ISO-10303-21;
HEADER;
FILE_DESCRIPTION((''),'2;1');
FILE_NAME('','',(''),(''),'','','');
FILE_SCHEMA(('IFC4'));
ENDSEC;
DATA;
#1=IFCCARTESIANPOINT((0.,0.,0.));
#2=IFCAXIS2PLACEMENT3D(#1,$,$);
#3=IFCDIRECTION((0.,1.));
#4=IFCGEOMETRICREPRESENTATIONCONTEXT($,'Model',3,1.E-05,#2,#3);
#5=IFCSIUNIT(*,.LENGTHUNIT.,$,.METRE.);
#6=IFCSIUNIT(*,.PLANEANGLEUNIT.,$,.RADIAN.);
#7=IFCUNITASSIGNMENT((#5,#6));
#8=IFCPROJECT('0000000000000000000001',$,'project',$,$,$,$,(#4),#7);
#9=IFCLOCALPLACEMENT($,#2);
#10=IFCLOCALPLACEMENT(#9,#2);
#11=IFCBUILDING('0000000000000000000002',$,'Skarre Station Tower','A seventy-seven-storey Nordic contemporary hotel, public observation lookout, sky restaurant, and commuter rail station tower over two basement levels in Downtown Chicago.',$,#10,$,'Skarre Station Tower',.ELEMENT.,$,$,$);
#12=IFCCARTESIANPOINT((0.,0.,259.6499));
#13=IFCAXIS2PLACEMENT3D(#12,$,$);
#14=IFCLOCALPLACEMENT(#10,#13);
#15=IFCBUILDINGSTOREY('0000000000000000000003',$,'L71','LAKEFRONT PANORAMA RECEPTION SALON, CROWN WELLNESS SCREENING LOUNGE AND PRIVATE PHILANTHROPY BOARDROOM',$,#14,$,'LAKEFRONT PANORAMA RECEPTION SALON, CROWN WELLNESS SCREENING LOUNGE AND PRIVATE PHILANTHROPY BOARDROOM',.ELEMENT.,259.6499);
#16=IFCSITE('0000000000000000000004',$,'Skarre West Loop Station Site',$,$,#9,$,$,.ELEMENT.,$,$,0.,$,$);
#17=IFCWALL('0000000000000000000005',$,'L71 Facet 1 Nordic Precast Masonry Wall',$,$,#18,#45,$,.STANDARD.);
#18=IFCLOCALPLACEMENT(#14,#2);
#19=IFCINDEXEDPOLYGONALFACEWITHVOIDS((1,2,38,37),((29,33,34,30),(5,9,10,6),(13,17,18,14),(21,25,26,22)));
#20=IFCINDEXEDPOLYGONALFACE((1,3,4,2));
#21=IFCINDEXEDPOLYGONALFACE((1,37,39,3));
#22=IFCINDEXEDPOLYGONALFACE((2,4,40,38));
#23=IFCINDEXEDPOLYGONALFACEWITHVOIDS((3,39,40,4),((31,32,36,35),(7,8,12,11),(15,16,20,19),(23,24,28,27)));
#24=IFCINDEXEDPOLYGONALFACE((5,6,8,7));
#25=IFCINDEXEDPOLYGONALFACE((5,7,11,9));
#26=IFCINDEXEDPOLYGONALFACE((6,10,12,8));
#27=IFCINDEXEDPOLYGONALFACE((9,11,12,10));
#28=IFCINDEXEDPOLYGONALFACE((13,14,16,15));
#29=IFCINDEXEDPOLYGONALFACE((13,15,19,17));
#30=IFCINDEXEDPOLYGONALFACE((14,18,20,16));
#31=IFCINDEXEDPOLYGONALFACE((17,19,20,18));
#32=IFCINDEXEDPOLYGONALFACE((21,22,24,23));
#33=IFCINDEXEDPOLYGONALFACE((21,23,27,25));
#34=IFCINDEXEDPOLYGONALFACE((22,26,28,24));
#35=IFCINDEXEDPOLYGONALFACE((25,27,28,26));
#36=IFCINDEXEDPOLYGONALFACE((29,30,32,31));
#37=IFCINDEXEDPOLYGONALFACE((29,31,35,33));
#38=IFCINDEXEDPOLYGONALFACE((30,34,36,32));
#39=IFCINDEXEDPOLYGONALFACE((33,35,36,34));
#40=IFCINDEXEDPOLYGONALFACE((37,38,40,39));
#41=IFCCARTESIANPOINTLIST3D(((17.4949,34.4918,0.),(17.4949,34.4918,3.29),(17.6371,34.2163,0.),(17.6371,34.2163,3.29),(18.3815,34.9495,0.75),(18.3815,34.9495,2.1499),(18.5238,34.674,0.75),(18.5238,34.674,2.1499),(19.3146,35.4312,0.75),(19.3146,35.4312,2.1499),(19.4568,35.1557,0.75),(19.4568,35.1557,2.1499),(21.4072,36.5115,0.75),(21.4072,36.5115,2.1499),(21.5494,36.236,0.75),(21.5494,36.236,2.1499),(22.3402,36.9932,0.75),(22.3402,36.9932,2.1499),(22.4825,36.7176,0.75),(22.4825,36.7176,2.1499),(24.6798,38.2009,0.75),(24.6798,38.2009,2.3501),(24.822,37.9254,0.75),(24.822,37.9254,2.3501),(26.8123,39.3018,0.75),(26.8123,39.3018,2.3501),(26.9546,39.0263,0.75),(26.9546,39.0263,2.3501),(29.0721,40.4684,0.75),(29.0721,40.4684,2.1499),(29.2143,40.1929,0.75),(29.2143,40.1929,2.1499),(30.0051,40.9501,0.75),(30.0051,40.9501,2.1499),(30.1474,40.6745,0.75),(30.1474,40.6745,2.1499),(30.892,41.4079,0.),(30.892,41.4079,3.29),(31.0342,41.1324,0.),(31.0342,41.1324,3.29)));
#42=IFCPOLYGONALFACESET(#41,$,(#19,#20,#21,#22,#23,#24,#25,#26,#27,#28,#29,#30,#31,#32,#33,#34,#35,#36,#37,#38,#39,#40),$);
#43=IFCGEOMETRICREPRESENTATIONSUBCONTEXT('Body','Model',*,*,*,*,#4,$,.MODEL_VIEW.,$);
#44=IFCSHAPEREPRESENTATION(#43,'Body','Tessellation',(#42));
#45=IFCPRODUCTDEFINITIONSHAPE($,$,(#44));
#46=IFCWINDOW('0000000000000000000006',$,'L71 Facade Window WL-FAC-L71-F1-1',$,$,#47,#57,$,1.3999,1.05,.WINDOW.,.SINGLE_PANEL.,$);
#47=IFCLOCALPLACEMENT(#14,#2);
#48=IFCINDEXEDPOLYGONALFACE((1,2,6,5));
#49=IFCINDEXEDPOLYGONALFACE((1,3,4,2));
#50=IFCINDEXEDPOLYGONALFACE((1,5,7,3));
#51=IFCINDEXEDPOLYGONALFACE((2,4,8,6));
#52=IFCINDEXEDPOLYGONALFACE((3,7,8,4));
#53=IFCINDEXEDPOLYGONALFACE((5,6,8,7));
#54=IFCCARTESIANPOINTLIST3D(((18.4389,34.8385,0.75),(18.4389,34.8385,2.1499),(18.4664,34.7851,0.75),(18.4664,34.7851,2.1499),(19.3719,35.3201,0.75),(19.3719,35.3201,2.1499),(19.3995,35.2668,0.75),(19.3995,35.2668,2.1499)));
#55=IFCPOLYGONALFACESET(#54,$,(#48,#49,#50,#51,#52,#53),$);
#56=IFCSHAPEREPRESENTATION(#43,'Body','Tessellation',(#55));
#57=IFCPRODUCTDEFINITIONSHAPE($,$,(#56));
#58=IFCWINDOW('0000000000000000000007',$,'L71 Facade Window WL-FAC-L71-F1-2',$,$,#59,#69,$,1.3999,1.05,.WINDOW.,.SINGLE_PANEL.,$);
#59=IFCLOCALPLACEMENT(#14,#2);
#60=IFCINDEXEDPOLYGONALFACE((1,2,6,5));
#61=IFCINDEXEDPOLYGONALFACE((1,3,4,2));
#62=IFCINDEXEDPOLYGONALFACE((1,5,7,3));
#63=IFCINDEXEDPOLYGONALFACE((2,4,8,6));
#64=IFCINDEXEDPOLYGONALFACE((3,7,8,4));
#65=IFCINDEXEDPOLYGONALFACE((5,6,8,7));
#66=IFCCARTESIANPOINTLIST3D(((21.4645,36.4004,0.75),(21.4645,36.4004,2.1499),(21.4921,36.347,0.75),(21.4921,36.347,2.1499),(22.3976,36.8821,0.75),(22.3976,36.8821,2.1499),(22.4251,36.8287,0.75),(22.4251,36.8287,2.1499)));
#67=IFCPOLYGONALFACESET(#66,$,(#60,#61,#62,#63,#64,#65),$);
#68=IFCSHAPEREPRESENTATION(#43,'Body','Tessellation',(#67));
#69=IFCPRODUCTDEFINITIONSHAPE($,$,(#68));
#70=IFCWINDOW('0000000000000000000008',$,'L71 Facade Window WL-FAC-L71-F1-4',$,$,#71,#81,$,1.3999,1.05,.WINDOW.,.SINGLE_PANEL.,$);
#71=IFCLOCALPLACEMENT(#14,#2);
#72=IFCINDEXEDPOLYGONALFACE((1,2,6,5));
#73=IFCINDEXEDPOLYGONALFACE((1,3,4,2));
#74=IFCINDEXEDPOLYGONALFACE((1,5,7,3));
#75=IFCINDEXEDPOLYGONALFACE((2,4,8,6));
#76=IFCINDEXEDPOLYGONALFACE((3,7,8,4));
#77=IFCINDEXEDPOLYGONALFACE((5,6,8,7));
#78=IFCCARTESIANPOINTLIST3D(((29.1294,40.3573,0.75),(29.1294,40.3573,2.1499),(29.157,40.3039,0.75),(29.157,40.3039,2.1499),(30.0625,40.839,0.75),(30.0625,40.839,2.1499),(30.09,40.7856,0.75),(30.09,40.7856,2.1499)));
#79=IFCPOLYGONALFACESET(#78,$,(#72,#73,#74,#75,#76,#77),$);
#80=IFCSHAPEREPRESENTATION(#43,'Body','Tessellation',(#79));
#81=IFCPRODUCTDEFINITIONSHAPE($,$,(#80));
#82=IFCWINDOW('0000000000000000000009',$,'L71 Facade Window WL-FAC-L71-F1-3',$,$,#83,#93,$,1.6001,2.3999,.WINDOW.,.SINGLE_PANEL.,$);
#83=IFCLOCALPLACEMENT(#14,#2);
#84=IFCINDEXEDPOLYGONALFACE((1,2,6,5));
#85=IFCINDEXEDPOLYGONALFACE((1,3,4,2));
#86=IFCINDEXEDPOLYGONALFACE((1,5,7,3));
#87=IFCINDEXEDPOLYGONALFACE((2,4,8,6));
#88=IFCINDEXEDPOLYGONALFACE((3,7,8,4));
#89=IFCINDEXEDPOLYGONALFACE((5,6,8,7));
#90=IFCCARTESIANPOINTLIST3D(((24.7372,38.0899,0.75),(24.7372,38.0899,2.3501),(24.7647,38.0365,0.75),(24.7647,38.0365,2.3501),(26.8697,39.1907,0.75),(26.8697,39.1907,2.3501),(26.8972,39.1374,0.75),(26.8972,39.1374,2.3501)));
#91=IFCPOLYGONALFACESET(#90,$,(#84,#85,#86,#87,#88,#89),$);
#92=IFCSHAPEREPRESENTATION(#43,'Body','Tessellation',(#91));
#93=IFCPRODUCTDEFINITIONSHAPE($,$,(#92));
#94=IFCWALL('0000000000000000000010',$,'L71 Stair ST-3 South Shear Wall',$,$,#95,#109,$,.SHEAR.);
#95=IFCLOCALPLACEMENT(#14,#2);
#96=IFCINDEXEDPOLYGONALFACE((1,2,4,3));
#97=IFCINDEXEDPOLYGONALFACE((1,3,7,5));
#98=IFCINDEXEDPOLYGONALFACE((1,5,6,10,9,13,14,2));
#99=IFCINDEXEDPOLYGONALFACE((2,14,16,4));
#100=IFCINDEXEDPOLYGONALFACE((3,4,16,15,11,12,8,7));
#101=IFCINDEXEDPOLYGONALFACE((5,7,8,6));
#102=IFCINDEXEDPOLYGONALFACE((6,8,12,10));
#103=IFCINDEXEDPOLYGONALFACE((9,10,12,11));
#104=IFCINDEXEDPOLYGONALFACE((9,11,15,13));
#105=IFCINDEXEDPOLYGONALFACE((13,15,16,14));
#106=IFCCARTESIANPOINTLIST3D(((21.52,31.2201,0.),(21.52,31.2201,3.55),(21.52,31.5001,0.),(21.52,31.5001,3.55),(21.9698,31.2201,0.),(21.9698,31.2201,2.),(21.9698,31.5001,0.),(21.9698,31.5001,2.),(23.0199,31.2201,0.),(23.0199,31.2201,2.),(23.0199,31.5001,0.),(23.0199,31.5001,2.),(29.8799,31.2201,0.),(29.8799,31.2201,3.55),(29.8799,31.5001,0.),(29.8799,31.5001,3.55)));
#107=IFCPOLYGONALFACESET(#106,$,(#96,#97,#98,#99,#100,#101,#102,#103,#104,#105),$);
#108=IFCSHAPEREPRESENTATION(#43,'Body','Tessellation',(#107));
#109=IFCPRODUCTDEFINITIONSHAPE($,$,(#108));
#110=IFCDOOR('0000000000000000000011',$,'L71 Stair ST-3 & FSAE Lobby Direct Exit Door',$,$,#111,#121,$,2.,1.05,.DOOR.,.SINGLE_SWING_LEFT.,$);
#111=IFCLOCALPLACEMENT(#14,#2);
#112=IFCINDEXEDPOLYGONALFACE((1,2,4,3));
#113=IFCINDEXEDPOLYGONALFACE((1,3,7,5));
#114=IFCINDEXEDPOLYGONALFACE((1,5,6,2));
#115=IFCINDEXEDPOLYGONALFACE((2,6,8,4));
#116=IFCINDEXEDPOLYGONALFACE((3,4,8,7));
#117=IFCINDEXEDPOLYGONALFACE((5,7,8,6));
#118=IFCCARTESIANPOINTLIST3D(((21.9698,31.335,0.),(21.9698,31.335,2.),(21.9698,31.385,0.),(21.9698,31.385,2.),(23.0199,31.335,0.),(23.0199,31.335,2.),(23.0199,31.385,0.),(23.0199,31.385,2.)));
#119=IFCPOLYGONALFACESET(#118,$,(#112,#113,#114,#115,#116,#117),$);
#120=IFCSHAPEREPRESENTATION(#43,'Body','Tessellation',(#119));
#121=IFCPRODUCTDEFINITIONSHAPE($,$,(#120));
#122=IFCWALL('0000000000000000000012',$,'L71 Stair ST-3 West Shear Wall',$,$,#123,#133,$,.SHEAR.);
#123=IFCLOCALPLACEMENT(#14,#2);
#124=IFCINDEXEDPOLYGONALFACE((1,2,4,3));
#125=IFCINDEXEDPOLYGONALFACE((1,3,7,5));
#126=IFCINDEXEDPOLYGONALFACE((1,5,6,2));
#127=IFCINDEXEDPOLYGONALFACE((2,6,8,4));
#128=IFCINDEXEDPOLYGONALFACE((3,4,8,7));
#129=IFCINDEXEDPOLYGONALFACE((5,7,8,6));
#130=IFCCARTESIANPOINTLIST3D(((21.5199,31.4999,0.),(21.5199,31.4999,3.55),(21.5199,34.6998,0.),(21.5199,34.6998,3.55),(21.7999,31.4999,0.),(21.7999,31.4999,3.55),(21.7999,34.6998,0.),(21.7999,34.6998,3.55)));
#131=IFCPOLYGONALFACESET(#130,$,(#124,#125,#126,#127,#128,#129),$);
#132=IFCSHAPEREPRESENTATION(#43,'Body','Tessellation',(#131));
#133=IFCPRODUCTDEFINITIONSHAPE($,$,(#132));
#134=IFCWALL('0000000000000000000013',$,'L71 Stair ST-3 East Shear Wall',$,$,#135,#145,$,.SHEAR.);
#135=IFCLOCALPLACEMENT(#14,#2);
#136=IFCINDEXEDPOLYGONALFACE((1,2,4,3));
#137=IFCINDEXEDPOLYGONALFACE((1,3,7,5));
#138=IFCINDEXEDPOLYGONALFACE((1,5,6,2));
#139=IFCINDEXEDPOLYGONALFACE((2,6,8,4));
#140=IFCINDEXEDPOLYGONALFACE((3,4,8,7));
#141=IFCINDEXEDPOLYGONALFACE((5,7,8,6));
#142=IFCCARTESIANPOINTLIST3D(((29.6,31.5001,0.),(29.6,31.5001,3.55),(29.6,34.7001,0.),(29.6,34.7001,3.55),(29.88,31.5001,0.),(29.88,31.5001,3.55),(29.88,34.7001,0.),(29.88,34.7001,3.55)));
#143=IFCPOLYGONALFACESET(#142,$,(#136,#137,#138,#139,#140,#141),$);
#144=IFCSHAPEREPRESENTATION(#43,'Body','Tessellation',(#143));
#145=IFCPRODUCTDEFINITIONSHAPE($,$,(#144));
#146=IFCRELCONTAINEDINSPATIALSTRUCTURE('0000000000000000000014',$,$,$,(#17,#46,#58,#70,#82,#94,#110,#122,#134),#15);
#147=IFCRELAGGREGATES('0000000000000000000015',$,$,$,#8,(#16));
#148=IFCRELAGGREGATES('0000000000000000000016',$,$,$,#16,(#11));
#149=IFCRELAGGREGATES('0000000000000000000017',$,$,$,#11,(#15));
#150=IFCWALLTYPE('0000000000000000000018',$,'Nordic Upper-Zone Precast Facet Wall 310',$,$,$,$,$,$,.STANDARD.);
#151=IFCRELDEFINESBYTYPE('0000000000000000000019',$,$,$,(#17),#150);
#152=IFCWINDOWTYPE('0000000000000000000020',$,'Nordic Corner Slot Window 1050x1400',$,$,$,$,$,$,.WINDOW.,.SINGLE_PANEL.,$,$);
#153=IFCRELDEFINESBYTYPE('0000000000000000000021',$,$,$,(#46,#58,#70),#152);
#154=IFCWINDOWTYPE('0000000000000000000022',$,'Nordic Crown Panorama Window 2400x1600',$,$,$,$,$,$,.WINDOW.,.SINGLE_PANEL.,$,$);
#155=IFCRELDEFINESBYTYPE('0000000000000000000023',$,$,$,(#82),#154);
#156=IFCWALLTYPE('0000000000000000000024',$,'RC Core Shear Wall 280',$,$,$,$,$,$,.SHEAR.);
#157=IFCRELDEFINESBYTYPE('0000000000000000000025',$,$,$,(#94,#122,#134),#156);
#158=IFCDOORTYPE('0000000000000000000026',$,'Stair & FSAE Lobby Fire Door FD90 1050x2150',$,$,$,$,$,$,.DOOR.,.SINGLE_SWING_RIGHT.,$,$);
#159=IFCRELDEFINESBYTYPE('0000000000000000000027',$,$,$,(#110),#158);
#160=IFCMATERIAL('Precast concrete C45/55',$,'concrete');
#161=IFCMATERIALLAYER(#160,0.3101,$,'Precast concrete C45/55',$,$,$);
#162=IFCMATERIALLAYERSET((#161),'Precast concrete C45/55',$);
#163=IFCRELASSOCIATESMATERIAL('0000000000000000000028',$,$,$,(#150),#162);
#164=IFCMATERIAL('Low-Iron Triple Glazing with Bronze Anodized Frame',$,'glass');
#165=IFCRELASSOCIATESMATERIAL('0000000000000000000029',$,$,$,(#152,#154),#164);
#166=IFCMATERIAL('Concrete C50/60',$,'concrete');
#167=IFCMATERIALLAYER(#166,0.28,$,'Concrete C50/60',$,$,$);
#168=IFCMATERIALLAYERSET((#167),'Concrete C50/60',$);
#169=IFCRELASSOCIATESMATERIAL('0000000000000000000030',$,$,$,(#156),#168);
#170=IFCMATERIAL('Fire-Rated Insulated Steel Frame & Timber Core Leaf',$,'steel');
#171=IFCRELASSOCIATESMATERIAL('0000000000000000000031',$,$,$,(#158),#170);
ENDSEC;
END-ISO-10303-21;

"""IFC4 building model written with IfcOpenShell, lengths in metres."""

from ifc_helpers import new_model, si_unit, direction, frame, frame_2d, origin, place, context, subcontext, project, spatial, rectangle, extrude, material, layer, layer_set, type_object, element, fill, save


model = new_model("IFC4")

# Units and contexts
model_context = context("Model", 3, precision=1e-05, world=origin(), true_north=direction((0.0, 1.0)))
body_context = subcontext(model_context, "Body", "Model", "MODEL_VIEW")
ifc_project = project(units=[si_unit("LENGTHUNIT", "METRE"), si_unit("PLANEANGLEUNIT", "RADIAN")], contexts=[model_context])

# Site, building, storey
site_placement = place(None, origin())
site = spatial("IfcSite", under=ifc_project, at=site_placement, Name="Skarre West Loop Station Site", CompositionType="ELEMENT", RefElevation=0.0)
building_placement = place(site_placement, origin())
building = spatial("IfcBuilding", under=site, at=building_placement, Name="Skarre Station Tower", Description="A seventy-seven-storey Nordic contemporary hotel, public observation lookout, sky restaurant, and commuter rail station tower over two basement levels in Downtown Chicago.", LongName="Skarre Station Tower", CompositionType="ELEMENT")
storey_placement = place(building_placement, frame((0.0, 0.0, 259.6499)))
storey = spatial("IfcBuildingStorey", under=building, at=storey_placement, Name="L71", Description="LAKEFRONT PANORAMA RECEPTION SALON, CROWN WELLNESS SCREENING LOUNGE AND PRIVATE PHILANTHROPY BOARDROOM", LongName="LAKEFRONT PANORAMA RECEPTION SALON, CROWN WELLNESS SCREENING LOUNGE AND PRIVATE PHILANTHROPY BOARDROOM", CompositionType="ELEMENT", Elevation=259.6499)

# Shared definitions
ifc_material_1 = material(Name="Concrete C50/60", Category="concrete")

# Shared definitions
ifc_material_2 = material(Name="Precast concrete C45/55", Category="concrete")

# Wall, openings, windows
ifc_layer_1 = layer(ifc_material_2, 0.3101, Name="Precast concrete C45/55")
ifc_layer_set_1 = layer_set([ifc_layer_1], Name="Precast concrete C45/55")
wall_type_1 = type_object("IfcWallType", Name="Nordic Upper-Zone Precast Facet Wall 310", PredefinedType="STANDARD", material=ifc_layer_set_1)
wall_1_placement = place(storey_placement, frame((17.5659, 34.354, 0.0), z_axis=(0.0, 0.0, 1.0), x_axis=(0.888581, 0.458719, 0.0)))
wall_1 = element("IfcWall", 1, at=wall_1_placement, inside=storey, type_object=wall_type_1, Name="L71 Facet 1 Nordic Precast Masonry Wall", PredefinedType="STANDARD", context=body_context, shape_type="SweptSolid", body=[
    extrude(rectangle(XDim=15.0769, YDim=0.3101, at=frame_2d((7.5386, 0.0))), origin(), (0.0, 0.0, 1.0), 3.29),
])
opening_1_placement = place(wall_1_placement, frame((0.998, 0.0, 0.75)))
opening_1 = element("IfcOpeningElement", 2, at=opening_1_placement, cuts=wall_1, PredefinedType="OPENING", context=body_context, shape_type="SweptSolid", body=[
    extrude(rectangle(XDim=1.05, YDim=1.3999, at=frame_2d((0.5249, 0.7))), frame((0.0, 0.165, 0.0), z_axis=(0.0, -1.0, 0.0), x_axis=(1.0, 0.0, 0.0)), (0.0, 0.0, 1.0), 0.3301),
])
opening_2_placement = place(wall_1_placement, frame((4.4031, 0.0, 0.75)))
opening_2 = element("IfcOpeningElement", 3, at=opening_2_placement, cuts=wall_1, PredefinedType="OPENING", context=body_context, shape_type="SweptSolid", body=[
    extrude(rectangle(XDim=1.05, YDim=1.3999, at=frame_2d((0.5249, 0.7))), frame((0.0, 0.165, 0.0), z_axis=(0.0, -1.0, 0.0), x_axis=(1.0, 0.0, 0.0)), (0.0, 0.0, 1.0), 0.3301),
])
opening_3_placement = place(wall_1_placement, frame((8.0859, 0.0, 0.75)))
opening_3 = element("IfcOpeningElement", 4, at=opening_3_placement, cuts=wall_1, PredefinedType="OPENING", context=body_context, shape_type="SweptSolid", body=[
    extrude(rectangle(XDim=2.3999, YDim=1.6001, at=frame_2d((1.2, 0.8))), frame((0.0, 0.165, 0.0), z_axis=(0.0, -1.0, 0.0), x_axis=(1.0, 0.0, 0.0)), (0.0, 0.0, 1.0), 0.3301),
])
opening_4_placement = place(wall_1_placement, frame((13.0291, 0.0, 0.75)))
opening_4 = element("IfcOpeningElement", 5, at=opening_4_placement, cuts=wall_1, PredefinedType="OPENING", context=body_context, shape_type="SweptSolid", body=[
    extrude(rectangle(XDim=1.05, YDim=1.3999, at=frame_2d((0.5249, 0.7))), frame((0.0, 0.165, 0.0), z_axis=(0.0, -1.0, 0.0), x_axis=(1.0, 0.0, 0.0)), (0.0, 0.0, 1.0), 0.3301),
])
ifc_material_3 = material(Name="Low-Iron Triple Glazing with Bronze Anodized Frame", Category="glass")
window_type_1 = type_object("IfcWindowType", Name="Nordic Corner Slot Window 1050x1400", PartitioningType="SINGLE_PANEL", PredefinedType="WINDOW", material=ifc_material_3)
window_1_placement = place(opening_1_placement, origin())
window_1 = element("IfcWindow", 6, at=window_1_placement, inside=storey, type_object=window_type_1, Name="L71 Facade Window WL-FAC-L71-F1-1", OverallHeight=1.3999, OverallWidth=1.05, PartitioningType="SINGLE_PANEL", PredefinedType="WINDOW", context=body_context, shape_type="SweptSolid", body=[
    extrude(rectangle(XDim=1.05, YDim=1.3999, at=frame_2d((0.5249, 0.7))), frame((0.0, 0.03, 0.0), z_axis=(0.0, -1.0, 0.0), x_axis=(1.0, 0.0, 0.0)), (0.0, 0.0, 1.0), 0.0601),
])
fill(opening_1, window_1)
window_2_placement = place(opening_2_placement, origin())
window_2 = element("IfcWindow", 7, at=window_2_placement, inside=storey, type_object=window_type_1, Name="L71 Facade Window WL-FAC-L71-F1-2", OverallHeight=1.3999, OverallWidth=1.05, PartitioningType="SINGLE_PANEL", PredefinedType="WINDOW", context=body_context, shape_type="SweptSolid", body=[
    extrude(rectangle(XDim=1.05, YDim=1.3999, at=frame_2d((0.5249, 0.7))), frame((0.0, 0.03, 0.0), z_axis=(0.0, -1.0, 0.0), x_axis=(1.0, 0.0, 0.0)), (0.0, 0.0, 1.0), 0.0601),
])
fill(opening_2, window_2)
window_3_placement = place(opening_4_placement, origin())
window_3 = element("IfcWindow", 8, at=window_3_placement, inside=storey, type_object=window_type_1, Name="L71 Facade Window WL-FAC-L71-F1-4", OverallHeight=1.3999, OverallWidth=1.05, PartitioningType="SINGLE_PANEL", PredefinedType="WINDOW", context=body_context, shape_type="SweptSolid", body=[
    extrude(rectangle(XDim=1.05, YDim=1.3999, at=frame_2d((0.5249, 0.7))), frame((0.0, 0.03, 0.0), z_axis=(0.0, -1.0, 0.0), x_axis=(1.0, 0.0, 0.0)), (0.0, 0.0, 1.0), 0.0601),
])
fill(opening_4, window_3)
window_type_2 = type_object("IfcWindowType", Name="Nordic Crown Panorama Window 2400x1600", PartitioningType="SINGLE_PANEL", PredefinedType="WINDOW", material=ifc_material_3)
window_4_placement = place(opening_3_placement, origin())
window_4 = element("IfcWindow", 9, at=window_4_placement, inside=storey, type_object=window_type_2, Name="L71 Facade Window WL-FAC-L71-F1-3", OverallHeight=1.6001, OverallWidth=2.3999, PartitioningType="SINGLE_PANEL", PredefinedType="WINDOW", context=body_context, shape_type="SweptSolid", body=[
    extrude(rectangle(XDim=2.3999, YDim=1.6001, at=frame_2d((1.2, 0.8))), frame((0.0, 0.03, 0.0), z_axis=(0.0, -1.0, 0.0), x_axis=(1.0, 0.0, 0.0)), (0.0, 0.0, 1.0), 0.0601),
])
fill(opening_3, window_4)

# Wall, opening, door
ifc_layer_2 = layer(ifc_material_1, 0.28, Name="Concrete C50/60")
ifc_layer_set_2 = layer_set([ifc_layer_2], Name="Concrete C50/60")
wall_type_2 = type_object("IfcWallType", Name="RC Core Shear Wall 280", PredefinedType="SHEAR", material=ifc_layer_set_2)
wall_2_placement = place(storey_placement, frame((21.52, 31.3601, 0.0), z_axis=(0.0, 0.0, 1.0), x_axis=(1.0, 0.0, 0.0)))
wall_2 = element("IfcWall", 10, at=wall_2_placement, inside=storey, type_object=wall_type_2, Name="L71 Stair ST-3 South Shear Wall", PredefinedType="SHEAR", context=body_context, shape_type="SweptSolid", body=[
    extrude(rectangle(XDim=8.3599, YDim=0.28, at=frame_2d((4.1799, 0.0))), origin(), (0.0, 0.0, 1.0), 3.55),
])
opening_5_placement = place(wall_2_placement, frame((0.45, 0.0, 0.0)))
opening_5 = element("IfcOpeningElement", 11, at=opening_5_placement, cuts=wall_2, PredefinedType="OPENING", context=body_context, shape_type="SweptSolid", body=[
    extrude(rectangle(XDim=1.05, YDim=2.0, at=frame_2d((0.5249, 1.0))), frame((0.0, 0.1499, 0.0), z_axis=(0.0, -1.0, 0.0), x_axis=(1.0, 0.0, 0.0)), (0.0, 0.0, 1.0), 0.3),
])
ifc_material_4 = material(Name="Fire-Rated Insulated Steel Frame & Timber Core Leaf", Category="steel")
door_type_1 = type_object("IfcDoorType", Name="Stair & FSAE Lobby Fire Door FD90 1050x2150", OperationType="SINGLE_SWING_RIGHT", PredefinedType="DOOR", material=ifc_material_4)
door_1_placement = place(opening_5_placement, origin())
door_1 = element("IfcDoor", 12, at=door_1_placement, inside=storey, type_object=door_type_1, Name="L71 Stair ST-3 & FSAE Lobby Direct Exit Door", OperationType="SINGLE_SWING_LEFT", OverallHeight=2.0, OverallWidth=1.05, PredefinedType="DOOR", context=body_context, shape_type="SweptSolid", body=[
    extrude(rectangle(XDim=1.05, YDim=2.0, at=frame_2d((0.5249, 1.0))), frame((0.0, 0.0249, 0.0), z_axis=(0.0, -1.0, 0.0), x_axis=(1.0, 0.0, 0.0)), (0.0, 0.0, 1.0), 0.05),
])
fill(opening_5, door_1)

# Walls
for number, where, z_axis, x_axis, name in (
    (13, (21.6599, 34.7, 0.0), (0.0, 0.0, 1.0), (0.0, -1.0, 0.0), "L71 Stair ST-3 West Shear Wall"),
    (14, (29.74, 31.5, 0.0), (0.0, 0.0, 1.0), (0.0, 1.0, 0.0), "L71 Stair ST-3 East Shear Wall"),
):
    element("IfcWall", number, at=place(storey_placement, frame(where, z_axis=z_axis, x_axis=x_axis)), inside=storey, type_object=wall_type_2, Name=name, PredefinedType="SHEAR", context=body_context, shape_type="SweptSolid", body=[
        extrude(rectangle(XDim=3.2, YDim=0.28, at=frame_2d((1.6001, 0.0))), origin(), (0.0, 0.0, 1.0), 3.55),
    ])

save(model, "model.ifc")
